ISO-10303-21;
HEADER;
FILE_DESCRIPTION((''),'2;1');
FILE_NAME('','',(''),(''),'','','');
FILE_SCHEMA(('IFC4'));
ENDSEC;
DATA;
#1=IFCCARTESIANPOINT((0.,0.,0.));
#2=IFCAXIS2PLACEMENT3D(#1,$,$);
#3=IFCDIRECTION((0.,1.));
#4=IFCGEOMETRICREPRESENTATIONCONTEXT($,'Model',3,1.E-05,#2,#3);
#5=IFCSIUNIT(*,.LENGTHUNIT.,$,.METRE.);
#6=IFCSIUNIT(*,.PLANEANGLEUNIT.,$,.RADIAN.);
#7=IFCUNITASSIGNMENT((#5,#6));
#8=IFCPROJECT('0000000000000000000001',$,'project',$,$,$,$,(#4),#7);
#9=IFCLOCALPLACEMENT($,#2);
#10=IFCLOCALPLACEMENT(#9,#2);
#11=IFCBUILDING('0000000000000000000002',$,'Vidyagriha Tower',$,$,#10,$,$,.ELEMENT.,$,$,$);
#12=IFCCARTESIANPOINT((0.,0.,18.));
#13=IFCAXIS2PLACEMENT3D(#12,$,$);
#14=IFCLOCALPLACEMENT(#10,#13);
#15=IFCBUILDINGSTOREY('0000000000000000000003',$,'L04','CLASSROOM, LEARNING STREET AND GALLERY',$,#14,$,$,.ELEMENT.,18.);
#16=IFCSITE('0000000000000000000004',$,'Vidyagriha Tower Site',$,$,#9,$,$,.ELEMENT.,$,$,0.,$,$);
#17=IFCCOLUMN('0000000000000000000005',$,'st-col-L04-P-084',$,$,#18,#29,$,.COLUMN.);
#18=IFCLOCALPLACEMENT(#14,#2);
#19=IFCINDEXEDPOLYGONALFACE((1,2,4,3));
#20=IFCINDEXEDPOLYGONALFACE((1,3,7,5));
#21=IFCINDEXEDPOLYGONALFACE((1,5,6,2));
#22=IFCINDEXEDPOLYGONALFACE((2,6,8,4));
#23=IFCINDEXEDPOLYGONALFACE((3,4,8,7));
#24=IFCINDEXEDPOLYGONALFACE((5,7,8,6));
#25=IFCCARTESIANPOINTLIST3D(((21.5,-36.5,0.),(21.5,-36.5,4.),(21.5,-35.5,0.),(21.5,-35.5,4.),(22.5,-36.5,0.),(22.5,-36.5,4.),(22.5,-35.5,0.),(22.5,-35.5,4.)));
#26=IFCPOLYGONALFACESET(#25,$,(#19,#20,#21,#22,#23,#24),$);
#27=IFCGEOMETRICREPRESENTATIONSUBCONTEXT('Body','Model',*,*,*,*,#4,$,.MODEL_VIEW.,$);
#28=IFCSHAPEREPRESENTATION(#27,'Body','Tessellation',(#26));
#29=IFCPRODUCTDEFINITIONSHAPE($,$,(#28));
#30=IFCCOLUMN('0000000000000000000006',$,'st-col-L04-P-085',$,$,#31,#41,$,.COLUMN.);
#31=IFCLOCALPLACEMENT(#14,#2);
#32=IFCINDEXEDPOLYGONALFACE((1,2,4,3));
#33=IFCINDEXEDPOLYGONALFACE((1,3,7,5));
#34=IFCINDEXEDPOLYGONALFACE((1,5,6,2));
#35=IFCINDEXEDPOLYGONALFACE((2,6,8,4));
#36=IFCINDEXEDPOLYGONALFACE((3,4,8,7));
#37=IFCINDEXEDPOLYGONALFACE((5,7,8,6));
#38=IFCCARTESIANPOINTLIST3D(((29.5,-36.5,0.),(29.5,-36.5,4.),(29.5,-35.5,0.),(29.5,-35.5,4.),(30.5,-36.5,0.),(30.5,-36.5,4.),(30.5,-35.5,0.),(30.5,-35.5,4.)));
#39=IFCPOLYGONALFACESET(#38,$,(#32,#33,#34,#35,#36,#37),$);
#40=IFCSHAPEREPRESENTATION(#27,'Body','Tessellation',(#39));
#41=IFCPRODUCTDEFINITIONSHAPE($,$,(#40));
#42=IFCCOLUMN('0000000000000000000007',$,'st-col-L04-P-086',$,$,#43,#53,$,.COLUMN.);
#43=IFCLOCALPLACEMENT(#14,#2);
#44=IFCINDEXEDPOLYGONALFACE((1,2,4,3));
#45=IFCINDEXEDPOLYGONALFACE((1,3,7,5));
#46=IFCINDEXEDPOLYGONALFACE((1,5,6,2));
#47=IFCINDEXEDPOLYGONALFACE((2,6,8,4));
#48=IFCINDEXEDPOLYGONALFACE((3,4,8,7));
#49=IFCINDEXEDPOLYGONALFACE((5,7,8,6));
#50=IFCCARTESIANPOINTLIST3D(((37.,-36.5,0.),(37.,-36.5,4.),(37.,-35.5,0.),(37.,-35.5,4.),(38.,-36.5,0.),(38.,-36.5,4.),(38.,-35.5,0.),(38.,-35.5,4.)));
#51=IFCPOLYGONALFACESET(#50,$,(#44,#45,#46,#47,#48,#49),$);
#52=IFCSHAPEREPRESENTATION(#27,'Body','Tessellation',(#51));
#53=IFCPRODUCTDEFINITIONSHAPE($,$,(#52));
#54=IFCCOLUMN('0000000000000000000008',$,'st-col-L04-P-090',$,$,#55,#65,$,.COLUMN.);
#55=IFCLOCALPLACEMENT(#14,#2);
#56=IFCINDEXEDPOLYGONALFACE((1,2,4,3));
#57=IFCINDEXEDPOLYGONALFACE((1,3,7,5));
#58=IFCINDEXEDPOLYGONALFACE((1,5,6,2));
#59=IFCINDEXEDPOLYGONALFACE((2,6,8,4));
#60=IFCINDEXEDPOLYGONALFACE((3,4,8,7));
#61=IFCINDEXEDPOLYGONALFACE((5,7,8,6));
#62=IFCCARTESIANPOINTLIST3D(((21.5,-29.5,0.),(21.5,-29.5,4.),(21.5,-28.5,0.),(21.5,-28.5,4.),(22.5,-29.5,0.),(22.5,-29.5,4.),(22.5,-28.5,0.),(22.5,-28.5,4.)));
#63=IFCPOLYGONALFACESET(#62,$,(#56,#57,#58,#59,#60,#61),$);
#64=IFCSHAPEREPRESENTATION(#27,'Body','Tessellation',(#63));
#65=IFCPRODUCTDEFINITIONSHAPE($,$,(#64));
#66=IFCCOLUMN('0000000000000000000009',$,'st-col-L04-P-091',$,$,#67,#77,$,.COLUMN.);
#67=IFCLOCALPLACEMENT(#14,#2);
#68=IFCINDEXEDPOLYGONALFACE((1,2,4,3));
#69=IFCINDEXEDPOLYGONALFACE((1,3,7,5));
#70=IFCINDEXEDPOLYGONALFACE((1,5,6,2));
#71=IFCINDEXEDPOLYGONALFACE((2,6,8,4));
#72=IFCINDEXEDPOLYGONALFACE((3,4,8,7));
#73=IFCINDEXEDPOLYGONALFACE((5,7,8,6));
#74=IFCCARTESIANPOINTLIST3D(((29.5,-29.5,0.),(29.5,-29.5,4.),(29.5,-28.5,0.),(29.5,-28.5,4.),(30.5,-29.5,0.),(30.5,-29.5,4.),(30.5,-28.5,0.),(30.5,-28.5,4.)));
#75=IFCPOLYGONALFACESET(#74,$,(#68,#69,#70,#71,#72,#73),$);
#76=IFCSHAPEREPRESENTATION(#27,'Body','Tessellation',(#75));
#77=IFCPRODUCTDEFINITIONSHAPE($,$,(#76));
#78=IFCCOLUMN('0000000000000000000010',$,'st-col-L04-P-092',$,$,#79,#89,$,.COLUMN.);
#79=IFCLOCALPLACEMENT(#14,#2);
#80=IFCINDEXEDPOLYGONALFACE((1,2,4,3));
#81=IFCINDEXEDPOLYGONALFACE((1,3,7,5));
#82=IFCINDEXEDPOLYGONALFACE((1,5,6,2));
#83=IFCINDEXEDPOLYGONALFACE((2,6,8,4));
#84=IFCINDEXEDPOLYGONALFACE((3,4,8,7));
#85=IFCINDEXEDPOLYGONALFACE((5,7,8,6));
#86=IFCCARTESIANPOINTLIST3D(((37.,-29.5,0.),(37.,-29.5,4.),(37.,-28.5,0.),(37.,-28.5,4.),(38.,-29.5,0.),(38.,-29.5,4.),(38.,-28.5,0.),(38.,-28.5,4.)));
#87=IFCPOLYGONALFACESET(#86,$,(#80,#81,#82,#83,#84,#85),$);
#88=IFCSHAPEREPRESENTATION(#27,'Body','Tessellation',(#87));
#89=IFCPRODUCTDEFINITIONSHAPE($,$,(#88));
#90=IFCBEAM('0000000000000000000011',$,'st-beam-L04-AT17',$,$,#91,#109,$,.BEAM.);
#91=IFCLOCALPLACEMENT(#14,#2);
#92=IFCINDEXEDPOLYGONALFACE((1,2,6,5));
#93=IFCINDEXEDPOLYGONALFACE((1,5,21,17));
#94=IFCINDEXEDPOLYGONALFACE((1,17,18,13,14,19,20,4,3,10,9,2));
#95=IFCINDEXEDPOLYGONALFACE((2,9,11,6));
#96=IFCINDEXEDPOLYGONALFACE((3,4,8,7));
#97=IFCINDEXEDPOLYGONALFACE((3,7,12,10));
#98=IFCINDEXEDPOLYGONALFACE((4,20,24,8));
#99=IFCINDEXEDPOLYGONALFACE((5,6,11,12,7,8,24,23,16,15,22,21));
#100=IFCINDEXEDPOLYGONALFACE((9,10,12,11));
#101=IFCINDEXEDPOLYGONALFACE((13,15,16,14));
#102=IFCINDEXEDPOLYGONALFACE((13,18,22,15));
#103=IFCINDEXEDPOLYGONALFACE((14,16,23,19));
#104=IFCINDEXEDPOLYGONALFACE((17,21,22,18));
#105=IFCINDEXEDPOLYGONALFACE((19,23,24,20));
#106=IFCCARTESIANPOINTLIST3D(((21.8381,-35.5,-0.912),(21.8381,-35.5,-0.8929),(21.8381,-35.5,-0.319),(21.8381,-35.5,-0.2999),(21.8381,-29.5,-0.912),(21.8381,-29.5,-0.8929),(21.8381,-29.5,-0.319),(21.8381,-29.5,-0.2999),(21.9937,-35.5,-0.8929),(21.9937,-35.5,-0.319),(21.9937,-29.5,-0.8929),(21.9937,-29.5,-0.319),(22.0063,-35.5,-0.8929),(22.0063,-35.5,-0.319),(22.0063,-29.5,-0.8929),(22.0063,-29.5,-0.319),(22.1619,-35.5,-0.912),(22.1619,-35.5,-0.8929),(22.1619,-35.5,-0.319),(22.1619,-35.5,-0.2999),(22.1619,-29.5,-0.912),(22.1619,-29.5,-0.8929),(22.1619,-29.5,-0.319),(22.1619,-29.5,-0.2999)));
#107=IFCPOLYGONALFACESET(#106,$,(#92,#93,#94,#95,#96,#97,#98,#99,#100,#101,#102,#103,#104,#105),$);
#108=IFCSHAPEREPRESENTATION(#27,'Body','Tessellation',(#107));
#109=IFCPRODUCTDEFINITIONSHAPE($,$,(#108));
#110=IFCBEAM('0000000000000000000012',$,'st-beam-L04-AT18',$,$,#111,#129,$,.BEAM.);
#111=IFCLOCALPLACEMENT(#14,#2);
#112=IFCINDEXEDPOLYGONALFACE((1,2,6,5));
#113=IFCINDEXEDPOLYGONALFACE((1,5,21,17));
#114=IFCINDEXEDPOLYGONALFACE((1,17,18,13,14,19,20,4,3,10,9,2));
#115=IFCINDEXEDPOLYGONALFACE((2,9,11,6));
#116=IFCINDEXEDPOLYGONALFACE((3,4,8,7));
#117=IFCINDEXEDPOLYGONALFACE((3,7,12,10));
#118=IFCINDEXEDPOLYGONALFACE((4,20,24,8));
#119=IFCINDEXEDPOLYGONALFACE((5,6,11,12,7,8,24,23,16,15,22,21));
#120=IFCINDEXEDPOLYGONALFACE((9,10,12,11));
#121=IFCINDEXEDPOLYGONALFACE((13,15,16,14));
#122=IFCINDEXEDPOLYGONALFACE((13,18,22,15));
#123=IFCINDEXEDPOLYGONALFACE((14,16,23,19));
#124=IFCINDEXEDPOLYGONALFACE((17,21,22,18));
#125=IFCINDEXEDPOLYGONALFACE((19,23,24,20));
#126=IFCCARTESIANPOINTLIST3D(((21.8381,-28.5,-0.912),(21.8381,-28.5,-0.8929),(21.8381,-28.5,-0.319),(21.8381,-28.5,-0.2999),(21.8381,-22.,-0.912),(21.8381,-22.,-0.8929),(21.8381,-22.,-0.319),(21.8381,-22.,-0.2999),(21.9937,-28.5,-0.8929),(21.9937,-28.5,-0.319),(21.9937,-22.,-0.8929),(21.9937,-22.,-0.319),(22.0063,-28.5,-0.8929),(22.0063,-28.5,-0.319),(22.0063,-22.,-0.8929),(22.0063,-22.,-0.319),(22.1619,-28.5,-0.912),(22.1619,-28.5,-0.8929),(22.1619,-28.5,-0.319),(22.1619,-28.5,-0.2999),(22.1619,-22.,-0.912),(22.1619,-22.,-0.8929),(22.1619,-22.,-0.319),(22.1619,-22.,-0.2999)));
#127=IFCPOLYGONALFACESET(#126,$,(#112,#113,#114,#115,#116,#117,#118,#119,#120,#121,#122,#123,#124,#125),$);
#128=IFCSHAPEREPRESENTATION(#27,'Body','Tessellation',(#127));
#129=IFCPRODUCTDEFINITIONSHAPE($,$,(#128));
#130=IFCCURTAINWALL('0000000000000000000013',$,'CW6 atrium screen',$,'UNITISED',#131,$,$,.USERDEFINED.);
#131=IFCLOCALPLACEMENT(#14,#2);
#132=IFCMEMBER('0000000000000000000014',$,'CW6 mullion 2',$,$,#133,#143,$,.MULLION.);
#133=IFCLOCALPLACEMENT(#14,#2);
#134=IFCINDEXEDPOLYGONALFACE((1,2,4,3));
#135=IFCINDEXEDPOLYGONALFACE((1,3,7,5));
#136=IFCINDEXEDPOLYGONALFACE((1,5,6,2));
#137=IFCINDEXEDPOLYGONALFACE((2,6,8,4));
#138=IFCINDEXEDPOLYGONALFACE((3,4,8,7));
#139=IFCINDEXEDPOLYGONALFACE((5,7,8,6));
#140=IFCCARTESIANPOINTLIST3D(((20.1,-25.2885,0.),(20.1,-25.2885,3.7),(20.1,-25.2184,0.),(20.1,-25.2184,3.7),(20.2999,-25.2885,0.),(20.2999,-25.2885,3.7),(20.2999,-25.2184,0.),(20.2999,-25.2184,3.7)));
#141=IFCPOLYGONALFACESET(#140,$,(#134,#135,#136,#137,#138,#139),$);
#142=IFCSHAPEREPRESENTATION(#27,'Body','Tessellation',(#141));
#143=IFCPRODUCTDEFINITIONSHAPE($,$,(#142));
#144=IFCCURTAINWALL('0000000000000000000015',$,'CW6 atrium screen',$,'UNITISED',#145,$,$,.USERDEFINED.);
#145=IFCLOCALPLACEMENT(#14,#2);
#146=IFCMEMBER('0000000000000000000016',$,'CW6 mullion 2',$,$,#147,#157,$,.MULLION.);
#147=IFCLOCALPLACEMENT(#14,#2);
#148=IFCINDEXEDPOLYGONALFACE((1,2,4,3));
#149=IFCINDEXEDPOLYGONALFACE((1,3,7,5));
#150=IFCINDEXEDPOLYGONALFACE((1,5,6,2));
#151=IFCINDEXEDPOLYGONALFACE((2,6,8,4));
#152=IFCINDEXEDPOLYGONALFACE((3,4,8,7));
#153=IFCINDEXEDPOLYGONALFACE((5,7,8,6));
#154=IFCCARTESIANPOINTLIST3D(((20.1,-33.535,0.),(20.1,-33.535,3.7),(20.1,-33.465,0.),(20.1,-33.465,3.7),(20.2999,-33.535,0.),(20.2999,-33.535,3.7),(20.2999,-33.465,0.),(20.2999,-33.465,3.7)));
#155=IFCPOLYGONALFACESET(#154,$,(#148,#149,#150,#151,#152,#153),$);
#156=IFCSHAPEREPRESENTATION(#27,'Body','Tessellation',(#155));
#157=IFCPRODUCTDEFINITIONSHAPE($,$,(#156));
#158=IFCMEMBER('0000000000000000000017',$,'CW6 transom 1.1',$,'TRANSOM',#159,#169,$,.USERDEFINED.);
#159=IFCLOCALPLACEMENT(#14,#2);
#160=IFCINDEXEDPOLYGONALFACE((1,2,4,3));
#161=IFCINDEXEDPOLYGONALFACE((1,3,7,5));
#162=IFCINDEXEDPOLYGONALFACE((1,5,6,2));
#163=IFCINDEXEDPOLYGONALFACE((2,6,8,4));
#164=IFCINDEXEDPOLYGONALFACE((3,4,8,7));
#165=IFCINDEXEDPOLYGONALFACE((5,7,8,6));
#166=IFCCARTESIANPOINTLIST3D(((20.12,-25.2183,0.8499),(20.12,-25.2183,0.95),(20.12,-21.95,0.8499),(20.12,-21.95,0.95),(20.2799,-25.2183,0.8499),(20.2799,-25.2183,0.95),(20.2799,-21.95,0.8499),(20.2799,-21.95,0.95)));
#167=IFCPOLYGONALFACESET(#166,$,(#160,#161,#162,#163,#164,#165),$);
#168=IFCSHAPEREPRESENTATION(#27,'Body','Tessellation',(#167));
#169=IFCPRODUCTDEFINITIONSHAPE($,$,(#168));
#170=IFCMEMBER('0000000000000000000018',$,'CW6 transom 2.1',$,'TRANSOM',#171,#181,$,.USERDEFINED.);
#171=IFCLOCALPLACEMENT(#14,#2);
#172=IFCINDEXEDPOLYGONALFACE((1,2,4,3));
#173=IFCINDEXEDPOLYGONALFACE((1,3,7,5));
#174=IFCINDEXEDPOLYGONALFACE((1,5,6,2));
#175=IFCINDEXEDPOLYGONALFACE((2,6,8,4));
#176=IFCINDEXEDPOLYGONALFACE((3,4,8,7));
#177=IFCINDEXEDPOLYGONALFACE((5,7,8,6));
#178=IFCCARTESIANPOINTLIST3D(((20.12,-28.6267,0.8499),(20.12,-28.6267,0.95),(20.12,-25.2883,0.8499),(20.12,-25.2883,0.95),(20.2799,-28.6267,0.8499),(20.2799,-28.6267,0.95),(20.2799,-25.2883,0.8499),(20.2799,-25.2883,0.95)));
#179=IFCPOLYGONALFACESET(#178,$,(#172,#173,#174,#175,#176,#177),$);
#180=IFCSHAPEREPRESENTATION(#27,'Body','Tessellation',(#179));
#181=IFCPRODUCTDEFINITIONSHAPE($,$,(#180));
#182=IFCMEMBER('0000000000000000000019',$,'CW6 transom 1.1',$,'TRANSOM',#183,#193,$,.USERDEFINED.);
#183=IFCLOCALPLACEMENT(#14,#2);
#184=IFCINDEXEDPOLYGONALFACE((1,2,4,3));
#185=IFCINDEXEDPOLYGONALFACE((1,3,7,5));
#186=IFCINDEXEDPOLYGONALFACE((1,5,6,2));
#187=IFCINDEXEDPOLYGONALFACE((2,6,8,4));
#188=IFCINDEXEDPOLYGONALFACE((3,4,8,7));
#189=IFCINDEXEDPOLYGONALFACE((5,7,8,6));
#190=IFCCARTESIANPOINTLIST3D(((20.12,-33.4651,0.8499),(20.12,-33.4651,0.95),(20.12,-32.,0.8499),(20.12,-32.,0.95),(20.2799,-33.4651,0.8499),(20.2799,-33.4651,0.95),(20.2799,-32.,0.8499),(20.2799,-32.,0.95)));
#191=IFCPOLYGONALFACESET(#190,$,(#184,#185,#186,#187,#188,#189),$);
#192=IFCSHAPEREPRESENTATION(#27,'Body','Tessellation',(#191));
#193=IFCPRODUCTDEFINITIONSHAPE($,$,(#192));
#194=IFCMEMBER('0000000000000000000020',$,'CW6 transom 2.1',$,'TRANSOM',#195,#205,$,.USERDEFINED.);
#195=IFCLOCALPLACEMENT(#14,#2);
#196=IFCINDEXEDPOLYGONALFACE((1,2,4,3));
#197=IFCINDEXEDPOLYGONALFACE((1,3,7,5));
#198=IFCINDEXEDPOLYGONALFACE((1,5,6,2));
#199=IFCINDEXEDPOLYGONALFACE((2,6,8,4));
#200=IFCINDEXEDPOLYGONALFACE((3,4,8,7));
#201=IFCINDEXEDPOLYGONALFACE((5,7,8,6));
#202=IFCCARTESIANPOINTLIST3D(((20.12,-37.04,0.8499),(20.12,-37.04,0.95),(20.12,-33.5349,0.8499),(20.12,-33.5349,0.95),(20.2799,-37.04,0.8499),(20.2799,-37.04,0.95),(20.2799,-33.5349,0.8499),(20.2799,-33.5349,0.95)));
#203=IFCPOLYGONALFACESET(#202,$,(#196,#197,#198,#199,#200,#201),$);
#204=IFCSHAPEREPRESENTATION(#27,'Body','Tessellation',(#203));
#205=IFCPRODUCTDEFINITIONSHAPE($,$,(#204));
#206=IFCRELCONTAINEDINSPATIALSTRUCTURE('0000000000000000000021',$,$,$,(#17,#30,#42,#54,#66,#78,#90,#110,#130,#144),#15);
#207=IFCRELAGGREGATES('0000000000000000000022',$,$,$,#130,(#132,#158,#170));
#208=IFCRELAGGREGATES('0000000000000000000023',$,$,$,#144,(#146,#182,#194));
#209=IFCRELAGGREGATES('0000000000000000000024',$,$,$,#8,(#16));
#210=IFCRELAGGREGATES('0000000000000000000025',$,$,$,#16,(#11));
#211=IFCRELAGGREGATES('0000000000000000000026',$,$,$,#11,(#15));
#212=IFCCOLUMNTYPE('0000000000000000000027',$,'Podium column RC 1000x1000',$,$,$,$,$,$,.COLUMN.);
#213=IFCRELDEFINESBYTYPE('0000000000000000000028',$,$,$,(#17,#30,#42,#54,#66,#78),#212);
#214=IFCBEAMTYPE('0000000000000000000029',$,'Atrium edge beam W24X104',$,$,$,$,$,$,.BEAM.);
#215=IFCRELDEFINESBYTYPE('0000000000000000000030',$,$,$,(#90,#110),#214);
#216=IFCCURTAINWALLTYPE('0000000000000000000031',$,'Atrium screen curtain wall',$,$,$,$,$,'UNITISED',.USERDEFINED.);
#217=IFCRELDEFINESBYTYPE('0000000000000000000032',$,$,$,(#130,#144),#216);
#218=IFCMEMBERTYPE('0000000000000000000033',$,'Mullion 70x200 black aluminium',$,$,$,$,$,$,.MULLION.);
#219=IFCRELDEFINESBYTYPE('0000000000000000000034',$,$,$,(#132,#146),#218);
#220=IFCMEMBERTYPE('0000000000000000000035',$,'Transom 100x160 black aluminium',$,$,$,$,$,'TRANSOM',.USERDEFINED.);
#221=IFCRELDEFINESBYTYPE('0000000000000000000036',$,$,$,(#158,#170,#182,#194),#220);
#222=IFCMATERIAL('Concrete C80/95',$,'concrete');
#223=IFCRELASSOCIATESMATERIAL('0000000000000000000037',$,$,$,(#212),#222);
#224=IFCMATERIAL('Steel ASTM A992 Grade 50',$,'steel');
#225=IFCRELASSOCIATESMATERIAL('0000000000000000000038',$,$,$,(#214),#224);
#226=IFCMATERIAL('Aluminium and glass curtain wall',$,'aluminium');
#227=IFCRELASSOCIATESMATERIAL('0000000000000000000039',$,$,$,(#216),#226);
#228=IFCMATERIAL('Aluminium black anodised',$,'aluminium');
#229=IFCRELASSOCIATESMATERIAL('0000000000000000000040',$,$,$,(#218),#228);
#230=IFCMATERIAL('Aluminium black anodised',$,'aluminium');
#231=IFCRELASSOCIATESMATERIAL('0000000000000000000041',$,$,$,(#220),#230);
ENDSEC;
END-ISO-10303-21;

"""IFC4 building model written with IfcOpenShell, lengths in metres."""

from ifc_helpers import new_model, si_unit, direction, frame, origin, origin_2d, place, context, subcontext, project, spatial, rectangle, i_section, extrude, material, material_profile, profile_set, type_object, element, aggregate, save


model = new_model("IFC4")

# Units and contexts
model_context = context("Model", 3, precision=1e-05, world=origin(), true_north=direction((0.0, 1.0)))
body_context = subcontext(model_context, "Body", "Model", "MODEL_VIEW")
ifc_project = project(units=[si_unit("LENGTHUNIT", "METRE"), si_unit("PLANEANGLEUNIT", "RADIAN")], contexts=[model_context])

# Site, building, storey
site_placement = place(None, origin())
site = spatial("IfcSite", under=ifc_project, at=site_placement, Name="Vidyagriha Tower Site", CompositionType="ELEMENT", RefElevation=0.0)
building_placement = place(site_placement, origin())
building = spatial("IfcBuilding", under=site, at=building_placement, Name="Vidyagriha Tower", CompositionType="ELEMENT")
storey_placement = place(building_placement, frame((0.0, 0.0, 18.0)))
storey = spatial("IfcBuildingStorey", under=building, at=storey_placement, Name="L04", Description="CLASSROOM, LEARNING STREET AND GALLERY", CompositionType="ELEMENT", Elevation=18.0)

# Columns
ifc_material_1 = material(Name="Concrete C80/95", Category="concrete")
ifc_material_profile_1 = material_profile(ifc_material_1, rectangle(XDim=1.0, YDim=1.0, at=origin_2d()), Name="RC 1000x1000")
ifc_profile_set_1 = profile_set([ifc_material_profile_1], Name="Concrete C80/95")
column_type = type_object("IfcColumnType", Name="Podium column RC 1000x1000", PredefinedType="COLUMN", material=ifc_profile_set_1)
for number, where, name in (
    (1, (22.0, -36.0, 0.0), "st-col-L04-P-084"),
    (2, (30.0, -36.0, 0.0), "st-col-L04-P-085"),
    (3, (37.5, -36.0, 0.0), "st-col-L04-P-086"),
    (4, (22.0, -29.0, 0.0), "st-col-L04-P-090"),
    (5, (30.0, -29.0, 0.0), "st-col-L04-P-091"),
    (6, (37.5, -29.0, 0.0), "st-col-L04-P-092"),
):
    element("IfcColumn", number, at=place(storey_placement, frame(where)), inside=storey, type_object=column_type, Name=name, PredefinedType="COLUMN", context=body_context, shape_type="SweptSolid", body=[
        extrude(rectangle(XDim=1.0, YDim=1.0, at=origin_2d()), origin(), (0.0, 0.0, 1.0), 4.0),
    ])

# Beams
ifc_material_2 = material(Name="Steel ASTM A992 Grade 50", Category="steel")
ifc_material_profile_2 = material_profile(ifc_material_2, i_section(OverallWidth=0.3237, OverallDepth=0.6121, WebThickness=0.0127, FlangeThickness=0.019, at=origin_2d()), Name="W24X104")
ifc_profile_set_2 = profile_set([ifc_material_profile_2], Name="Steel ASTM A992 Grade 50")
beam_type = type_object("IfcBeamType", Name="Atrium edge beam W24X104", PredefinedType="BEAM", material=ifc_profile_set_2)
beam_1_placement = place(storey_placement, frame((22.0, -35.5, -0.606), z_axis=(0.0, 1.0, 0.0), x_axis=(-1.0, 0.0, 0.0)))
element("IfcBeam", 7, at=beam_1_placement, inside=storey, type_object=beam_type, Name="st-beam-L04-AT17", PredefinedType="BEAM", context=body_context, shape_type="SweptSolid", body=[
    extrude(i_section(OverallWidth=0.3237, OverallDepth=0.6121, WebThickness=0.0127, FlangeThickness=0.019, at=origin_2d()), origin(), (0.0, 0.0, 1.0), 6.0),
])
beam_2_placement = place(storey_placement, frame((22.0, -28.5, -0.606), z_axis=(0.0, 1.0, 0.0), x_axis=(-1.0, 0.0, 0.0)))
element("IfcBeam", 8, at=beam_2_placement, inside=storey, type_object=beam_type, Name="st-beam-L04-AT18", PredefinedType="BEAM", context=body_context, shape_type="SweptSolid", body=[
    extrude(i_section(OverallWidth=0.3237, OverallDepth=0.6121, WebThickness=0.0127, FlangeThickness=0.019, at=origin_2d()), origin(), (0.0, 0.0, 1.0), 6.5),
])

# Curtain walls, members
ifc_material_3 = material(Name="Aluminium and glass curtain wall", Category="aluminium")
curtain_wall_type = type_object("IfcCurtainWallType", Name="Atrium screen curtain wall", ElementType="UNITISED", PredefinedType="USERDEFINED", material=ifc_material_3)
curtain_wall_1_placement = place(storey_placement, origin())
curtain_wall_1 = element("IfcCurtainWall", 9, at=curtain_wall_1_placement, inside=storey, type_object=curtain_wall_type, Name="CW6 atrium screen", ObjectType="UNITISED", PredefinedType="USERDEFINED")
ifc_material_4 = material(Name="Aluminium black anodised", Category="aluminium")
ifc_material_profile_3 = material_profile(ifc_material_4, rectangle(XDim=0.2, YDim=0.0701, at=origin_2d()), Name="Mullion 70x200 black aluminium")
ifc_profile_set_3 = profile_set([ifc_material_profile_3], Name="Aluminium black anodised")
member_type_1 = type_object("IfcMemberType", Name="Mullion 70x200 black aluminium", PredefinedType="MULLION", material=ifc_profile_set_3)
member_1_placement = place(storey_placement, frame((20.2, -25.2534, 0.0)))
member_1 = element("IfcMember", 10, at=member_1_placement, type_object=member_type_1, Name="CW6 mullion 2", PredefinedType="MULLION", context=body_context, shape_type="SweptSolid", body=[
    extrude(rectangle(XDim=0.2, YDim=0.0701, at=origin_2d()), origin(), (0.0, 0.0, 1.0), 3.7),
])
curtain_wall_2_placement = place(storey_placement, origin())
curtain_wall_2 = element("IfcCurtainWall", 11, at=curtain_wall_2_placement, inside=storey, type_object=curtain_wall_type, Name="CW6 atrium screen", ObjectType="UNITISED", PredefinedType="USERDEFINED")
member_2_placement = place(storey_placement, frame((20.2, -33.5, 0.0)))
member_2 = element("IfcMember", 12, at=member_2_placement, type_object=member_type_1, Name="CW6 mullion 2", PredefinedType="MULLION", context=body_context, shape_type="SweptSolid", body=[
    extrude(rectangle(XDim=0.2, YDim=0.0701, at=origin_2d()), origin(), (0.0, 0.0, 1.0), 3.7),
])

# Members
ifc_material_5 = material(Name="Aluminium black anodised", Category="aluminium")
ifc_material_profile_4 = material_profile(ifc_material_5, rectangle(XDim=0.1599, YDim=0.1001, at=origin_2d()), Name="Transom 100x160 black aluminium")
ifc_profile_set_4 = profile_set([ifc_material_profile_4], Name="Aluminium black anodised")
member_type_2 = type_object("IfcMemberType", Name="Transom 100x160 black aluminium", ElementType="TRANSOM", PredefinedType="USERDEFINED", material=ifc_profile_set_4)
member_3_placement = place(storey_placement, frame((20.2, -21.95, 0.8999), z_axis=(0.0, -1.0, 0.0), x_axis=(1.0, 0.0, 0.0)))
member_3 = element("IfcMember", 13, at=member_3_placement, type_object=member_type_2, Name="CW6 transom 1.1", ObjectType="TRANSOM", PredefinedType="USERDEFINED", context=body_context, shape_type="SweptSolid", body=[
    extrude(rectangle(XDim=0.1599, YDim=0.1001, at=origin_2d()), origin(), (0.0, 0.0, 1.0), 3.2683),
])
member_4_placement = place(storey_placement, frame((20.2, -25.2883, 0.8999), z_axis=(0.0, -1.0, 0.0), x_axis=(1.0, 0.0, 0.0)))
member_4 = element("IfcMember", 14, at=member_4_placement, type_object=member_type_2, Name="CW6 transom 2.1", ObjectType="TRANSOM", PredefinedType="USERDEFINED", context=body_context, shape_type="SweptSolid", body=[
    extrude(rectangle(XDim=0.1599, YDim=0.1001, at=origin_2d()), origin(), (0.0, 0.0, 1.0), 3.3384),
])
member_5_placement = place(storey_placement, frame((20.2, -32.0, 0.8999), z_axis=(0.0, -1.0, 0.0), x_axis=(1.0, 0.0, 0.0)))
member_5 = element("IfcMember", 15, at=member_5_placement, type_object=member_type_2, Name="CW6 transom 1.1", ObjectType="TRANSOM", PredefinedType="USERDEFINED", context=body_context, shape_type="SweptSolid", body=[
    extrude(rectangle(XDim=0.1599, YDim=0.1001, at=origin_2d()), origin(), (0.0, 0.0, 1.0), 1.4651),
])
member_6_placement = place(storey_placement, frame((20.2, -33.5349, 0.8999), z_axis=(0.0, -1.0, 0.0), x_axis=(1.0, 0.0, 0.0)))
member_6 = element("IfcMember", 16, at=member_6_placement, type_object=member_type_2, Name="CW6 transom 2.1", ObjectType="TRANSOM", PredefinedType="USERDEFINED", context=body_context, shape_type="SweptSolid", body=[
    extrude(rectangle(XDim=0.1599, YDim=0.1001, at=origin_2d()), origin(), (0.0, 0.0, 1.0), 3.5051),
])

aggregate(curtain_wall_1, [member_1, member_3, member_4])
aggregate(curtain_wall_2, [member_2, member_5, member_6])

save(model, "model.ifc")
